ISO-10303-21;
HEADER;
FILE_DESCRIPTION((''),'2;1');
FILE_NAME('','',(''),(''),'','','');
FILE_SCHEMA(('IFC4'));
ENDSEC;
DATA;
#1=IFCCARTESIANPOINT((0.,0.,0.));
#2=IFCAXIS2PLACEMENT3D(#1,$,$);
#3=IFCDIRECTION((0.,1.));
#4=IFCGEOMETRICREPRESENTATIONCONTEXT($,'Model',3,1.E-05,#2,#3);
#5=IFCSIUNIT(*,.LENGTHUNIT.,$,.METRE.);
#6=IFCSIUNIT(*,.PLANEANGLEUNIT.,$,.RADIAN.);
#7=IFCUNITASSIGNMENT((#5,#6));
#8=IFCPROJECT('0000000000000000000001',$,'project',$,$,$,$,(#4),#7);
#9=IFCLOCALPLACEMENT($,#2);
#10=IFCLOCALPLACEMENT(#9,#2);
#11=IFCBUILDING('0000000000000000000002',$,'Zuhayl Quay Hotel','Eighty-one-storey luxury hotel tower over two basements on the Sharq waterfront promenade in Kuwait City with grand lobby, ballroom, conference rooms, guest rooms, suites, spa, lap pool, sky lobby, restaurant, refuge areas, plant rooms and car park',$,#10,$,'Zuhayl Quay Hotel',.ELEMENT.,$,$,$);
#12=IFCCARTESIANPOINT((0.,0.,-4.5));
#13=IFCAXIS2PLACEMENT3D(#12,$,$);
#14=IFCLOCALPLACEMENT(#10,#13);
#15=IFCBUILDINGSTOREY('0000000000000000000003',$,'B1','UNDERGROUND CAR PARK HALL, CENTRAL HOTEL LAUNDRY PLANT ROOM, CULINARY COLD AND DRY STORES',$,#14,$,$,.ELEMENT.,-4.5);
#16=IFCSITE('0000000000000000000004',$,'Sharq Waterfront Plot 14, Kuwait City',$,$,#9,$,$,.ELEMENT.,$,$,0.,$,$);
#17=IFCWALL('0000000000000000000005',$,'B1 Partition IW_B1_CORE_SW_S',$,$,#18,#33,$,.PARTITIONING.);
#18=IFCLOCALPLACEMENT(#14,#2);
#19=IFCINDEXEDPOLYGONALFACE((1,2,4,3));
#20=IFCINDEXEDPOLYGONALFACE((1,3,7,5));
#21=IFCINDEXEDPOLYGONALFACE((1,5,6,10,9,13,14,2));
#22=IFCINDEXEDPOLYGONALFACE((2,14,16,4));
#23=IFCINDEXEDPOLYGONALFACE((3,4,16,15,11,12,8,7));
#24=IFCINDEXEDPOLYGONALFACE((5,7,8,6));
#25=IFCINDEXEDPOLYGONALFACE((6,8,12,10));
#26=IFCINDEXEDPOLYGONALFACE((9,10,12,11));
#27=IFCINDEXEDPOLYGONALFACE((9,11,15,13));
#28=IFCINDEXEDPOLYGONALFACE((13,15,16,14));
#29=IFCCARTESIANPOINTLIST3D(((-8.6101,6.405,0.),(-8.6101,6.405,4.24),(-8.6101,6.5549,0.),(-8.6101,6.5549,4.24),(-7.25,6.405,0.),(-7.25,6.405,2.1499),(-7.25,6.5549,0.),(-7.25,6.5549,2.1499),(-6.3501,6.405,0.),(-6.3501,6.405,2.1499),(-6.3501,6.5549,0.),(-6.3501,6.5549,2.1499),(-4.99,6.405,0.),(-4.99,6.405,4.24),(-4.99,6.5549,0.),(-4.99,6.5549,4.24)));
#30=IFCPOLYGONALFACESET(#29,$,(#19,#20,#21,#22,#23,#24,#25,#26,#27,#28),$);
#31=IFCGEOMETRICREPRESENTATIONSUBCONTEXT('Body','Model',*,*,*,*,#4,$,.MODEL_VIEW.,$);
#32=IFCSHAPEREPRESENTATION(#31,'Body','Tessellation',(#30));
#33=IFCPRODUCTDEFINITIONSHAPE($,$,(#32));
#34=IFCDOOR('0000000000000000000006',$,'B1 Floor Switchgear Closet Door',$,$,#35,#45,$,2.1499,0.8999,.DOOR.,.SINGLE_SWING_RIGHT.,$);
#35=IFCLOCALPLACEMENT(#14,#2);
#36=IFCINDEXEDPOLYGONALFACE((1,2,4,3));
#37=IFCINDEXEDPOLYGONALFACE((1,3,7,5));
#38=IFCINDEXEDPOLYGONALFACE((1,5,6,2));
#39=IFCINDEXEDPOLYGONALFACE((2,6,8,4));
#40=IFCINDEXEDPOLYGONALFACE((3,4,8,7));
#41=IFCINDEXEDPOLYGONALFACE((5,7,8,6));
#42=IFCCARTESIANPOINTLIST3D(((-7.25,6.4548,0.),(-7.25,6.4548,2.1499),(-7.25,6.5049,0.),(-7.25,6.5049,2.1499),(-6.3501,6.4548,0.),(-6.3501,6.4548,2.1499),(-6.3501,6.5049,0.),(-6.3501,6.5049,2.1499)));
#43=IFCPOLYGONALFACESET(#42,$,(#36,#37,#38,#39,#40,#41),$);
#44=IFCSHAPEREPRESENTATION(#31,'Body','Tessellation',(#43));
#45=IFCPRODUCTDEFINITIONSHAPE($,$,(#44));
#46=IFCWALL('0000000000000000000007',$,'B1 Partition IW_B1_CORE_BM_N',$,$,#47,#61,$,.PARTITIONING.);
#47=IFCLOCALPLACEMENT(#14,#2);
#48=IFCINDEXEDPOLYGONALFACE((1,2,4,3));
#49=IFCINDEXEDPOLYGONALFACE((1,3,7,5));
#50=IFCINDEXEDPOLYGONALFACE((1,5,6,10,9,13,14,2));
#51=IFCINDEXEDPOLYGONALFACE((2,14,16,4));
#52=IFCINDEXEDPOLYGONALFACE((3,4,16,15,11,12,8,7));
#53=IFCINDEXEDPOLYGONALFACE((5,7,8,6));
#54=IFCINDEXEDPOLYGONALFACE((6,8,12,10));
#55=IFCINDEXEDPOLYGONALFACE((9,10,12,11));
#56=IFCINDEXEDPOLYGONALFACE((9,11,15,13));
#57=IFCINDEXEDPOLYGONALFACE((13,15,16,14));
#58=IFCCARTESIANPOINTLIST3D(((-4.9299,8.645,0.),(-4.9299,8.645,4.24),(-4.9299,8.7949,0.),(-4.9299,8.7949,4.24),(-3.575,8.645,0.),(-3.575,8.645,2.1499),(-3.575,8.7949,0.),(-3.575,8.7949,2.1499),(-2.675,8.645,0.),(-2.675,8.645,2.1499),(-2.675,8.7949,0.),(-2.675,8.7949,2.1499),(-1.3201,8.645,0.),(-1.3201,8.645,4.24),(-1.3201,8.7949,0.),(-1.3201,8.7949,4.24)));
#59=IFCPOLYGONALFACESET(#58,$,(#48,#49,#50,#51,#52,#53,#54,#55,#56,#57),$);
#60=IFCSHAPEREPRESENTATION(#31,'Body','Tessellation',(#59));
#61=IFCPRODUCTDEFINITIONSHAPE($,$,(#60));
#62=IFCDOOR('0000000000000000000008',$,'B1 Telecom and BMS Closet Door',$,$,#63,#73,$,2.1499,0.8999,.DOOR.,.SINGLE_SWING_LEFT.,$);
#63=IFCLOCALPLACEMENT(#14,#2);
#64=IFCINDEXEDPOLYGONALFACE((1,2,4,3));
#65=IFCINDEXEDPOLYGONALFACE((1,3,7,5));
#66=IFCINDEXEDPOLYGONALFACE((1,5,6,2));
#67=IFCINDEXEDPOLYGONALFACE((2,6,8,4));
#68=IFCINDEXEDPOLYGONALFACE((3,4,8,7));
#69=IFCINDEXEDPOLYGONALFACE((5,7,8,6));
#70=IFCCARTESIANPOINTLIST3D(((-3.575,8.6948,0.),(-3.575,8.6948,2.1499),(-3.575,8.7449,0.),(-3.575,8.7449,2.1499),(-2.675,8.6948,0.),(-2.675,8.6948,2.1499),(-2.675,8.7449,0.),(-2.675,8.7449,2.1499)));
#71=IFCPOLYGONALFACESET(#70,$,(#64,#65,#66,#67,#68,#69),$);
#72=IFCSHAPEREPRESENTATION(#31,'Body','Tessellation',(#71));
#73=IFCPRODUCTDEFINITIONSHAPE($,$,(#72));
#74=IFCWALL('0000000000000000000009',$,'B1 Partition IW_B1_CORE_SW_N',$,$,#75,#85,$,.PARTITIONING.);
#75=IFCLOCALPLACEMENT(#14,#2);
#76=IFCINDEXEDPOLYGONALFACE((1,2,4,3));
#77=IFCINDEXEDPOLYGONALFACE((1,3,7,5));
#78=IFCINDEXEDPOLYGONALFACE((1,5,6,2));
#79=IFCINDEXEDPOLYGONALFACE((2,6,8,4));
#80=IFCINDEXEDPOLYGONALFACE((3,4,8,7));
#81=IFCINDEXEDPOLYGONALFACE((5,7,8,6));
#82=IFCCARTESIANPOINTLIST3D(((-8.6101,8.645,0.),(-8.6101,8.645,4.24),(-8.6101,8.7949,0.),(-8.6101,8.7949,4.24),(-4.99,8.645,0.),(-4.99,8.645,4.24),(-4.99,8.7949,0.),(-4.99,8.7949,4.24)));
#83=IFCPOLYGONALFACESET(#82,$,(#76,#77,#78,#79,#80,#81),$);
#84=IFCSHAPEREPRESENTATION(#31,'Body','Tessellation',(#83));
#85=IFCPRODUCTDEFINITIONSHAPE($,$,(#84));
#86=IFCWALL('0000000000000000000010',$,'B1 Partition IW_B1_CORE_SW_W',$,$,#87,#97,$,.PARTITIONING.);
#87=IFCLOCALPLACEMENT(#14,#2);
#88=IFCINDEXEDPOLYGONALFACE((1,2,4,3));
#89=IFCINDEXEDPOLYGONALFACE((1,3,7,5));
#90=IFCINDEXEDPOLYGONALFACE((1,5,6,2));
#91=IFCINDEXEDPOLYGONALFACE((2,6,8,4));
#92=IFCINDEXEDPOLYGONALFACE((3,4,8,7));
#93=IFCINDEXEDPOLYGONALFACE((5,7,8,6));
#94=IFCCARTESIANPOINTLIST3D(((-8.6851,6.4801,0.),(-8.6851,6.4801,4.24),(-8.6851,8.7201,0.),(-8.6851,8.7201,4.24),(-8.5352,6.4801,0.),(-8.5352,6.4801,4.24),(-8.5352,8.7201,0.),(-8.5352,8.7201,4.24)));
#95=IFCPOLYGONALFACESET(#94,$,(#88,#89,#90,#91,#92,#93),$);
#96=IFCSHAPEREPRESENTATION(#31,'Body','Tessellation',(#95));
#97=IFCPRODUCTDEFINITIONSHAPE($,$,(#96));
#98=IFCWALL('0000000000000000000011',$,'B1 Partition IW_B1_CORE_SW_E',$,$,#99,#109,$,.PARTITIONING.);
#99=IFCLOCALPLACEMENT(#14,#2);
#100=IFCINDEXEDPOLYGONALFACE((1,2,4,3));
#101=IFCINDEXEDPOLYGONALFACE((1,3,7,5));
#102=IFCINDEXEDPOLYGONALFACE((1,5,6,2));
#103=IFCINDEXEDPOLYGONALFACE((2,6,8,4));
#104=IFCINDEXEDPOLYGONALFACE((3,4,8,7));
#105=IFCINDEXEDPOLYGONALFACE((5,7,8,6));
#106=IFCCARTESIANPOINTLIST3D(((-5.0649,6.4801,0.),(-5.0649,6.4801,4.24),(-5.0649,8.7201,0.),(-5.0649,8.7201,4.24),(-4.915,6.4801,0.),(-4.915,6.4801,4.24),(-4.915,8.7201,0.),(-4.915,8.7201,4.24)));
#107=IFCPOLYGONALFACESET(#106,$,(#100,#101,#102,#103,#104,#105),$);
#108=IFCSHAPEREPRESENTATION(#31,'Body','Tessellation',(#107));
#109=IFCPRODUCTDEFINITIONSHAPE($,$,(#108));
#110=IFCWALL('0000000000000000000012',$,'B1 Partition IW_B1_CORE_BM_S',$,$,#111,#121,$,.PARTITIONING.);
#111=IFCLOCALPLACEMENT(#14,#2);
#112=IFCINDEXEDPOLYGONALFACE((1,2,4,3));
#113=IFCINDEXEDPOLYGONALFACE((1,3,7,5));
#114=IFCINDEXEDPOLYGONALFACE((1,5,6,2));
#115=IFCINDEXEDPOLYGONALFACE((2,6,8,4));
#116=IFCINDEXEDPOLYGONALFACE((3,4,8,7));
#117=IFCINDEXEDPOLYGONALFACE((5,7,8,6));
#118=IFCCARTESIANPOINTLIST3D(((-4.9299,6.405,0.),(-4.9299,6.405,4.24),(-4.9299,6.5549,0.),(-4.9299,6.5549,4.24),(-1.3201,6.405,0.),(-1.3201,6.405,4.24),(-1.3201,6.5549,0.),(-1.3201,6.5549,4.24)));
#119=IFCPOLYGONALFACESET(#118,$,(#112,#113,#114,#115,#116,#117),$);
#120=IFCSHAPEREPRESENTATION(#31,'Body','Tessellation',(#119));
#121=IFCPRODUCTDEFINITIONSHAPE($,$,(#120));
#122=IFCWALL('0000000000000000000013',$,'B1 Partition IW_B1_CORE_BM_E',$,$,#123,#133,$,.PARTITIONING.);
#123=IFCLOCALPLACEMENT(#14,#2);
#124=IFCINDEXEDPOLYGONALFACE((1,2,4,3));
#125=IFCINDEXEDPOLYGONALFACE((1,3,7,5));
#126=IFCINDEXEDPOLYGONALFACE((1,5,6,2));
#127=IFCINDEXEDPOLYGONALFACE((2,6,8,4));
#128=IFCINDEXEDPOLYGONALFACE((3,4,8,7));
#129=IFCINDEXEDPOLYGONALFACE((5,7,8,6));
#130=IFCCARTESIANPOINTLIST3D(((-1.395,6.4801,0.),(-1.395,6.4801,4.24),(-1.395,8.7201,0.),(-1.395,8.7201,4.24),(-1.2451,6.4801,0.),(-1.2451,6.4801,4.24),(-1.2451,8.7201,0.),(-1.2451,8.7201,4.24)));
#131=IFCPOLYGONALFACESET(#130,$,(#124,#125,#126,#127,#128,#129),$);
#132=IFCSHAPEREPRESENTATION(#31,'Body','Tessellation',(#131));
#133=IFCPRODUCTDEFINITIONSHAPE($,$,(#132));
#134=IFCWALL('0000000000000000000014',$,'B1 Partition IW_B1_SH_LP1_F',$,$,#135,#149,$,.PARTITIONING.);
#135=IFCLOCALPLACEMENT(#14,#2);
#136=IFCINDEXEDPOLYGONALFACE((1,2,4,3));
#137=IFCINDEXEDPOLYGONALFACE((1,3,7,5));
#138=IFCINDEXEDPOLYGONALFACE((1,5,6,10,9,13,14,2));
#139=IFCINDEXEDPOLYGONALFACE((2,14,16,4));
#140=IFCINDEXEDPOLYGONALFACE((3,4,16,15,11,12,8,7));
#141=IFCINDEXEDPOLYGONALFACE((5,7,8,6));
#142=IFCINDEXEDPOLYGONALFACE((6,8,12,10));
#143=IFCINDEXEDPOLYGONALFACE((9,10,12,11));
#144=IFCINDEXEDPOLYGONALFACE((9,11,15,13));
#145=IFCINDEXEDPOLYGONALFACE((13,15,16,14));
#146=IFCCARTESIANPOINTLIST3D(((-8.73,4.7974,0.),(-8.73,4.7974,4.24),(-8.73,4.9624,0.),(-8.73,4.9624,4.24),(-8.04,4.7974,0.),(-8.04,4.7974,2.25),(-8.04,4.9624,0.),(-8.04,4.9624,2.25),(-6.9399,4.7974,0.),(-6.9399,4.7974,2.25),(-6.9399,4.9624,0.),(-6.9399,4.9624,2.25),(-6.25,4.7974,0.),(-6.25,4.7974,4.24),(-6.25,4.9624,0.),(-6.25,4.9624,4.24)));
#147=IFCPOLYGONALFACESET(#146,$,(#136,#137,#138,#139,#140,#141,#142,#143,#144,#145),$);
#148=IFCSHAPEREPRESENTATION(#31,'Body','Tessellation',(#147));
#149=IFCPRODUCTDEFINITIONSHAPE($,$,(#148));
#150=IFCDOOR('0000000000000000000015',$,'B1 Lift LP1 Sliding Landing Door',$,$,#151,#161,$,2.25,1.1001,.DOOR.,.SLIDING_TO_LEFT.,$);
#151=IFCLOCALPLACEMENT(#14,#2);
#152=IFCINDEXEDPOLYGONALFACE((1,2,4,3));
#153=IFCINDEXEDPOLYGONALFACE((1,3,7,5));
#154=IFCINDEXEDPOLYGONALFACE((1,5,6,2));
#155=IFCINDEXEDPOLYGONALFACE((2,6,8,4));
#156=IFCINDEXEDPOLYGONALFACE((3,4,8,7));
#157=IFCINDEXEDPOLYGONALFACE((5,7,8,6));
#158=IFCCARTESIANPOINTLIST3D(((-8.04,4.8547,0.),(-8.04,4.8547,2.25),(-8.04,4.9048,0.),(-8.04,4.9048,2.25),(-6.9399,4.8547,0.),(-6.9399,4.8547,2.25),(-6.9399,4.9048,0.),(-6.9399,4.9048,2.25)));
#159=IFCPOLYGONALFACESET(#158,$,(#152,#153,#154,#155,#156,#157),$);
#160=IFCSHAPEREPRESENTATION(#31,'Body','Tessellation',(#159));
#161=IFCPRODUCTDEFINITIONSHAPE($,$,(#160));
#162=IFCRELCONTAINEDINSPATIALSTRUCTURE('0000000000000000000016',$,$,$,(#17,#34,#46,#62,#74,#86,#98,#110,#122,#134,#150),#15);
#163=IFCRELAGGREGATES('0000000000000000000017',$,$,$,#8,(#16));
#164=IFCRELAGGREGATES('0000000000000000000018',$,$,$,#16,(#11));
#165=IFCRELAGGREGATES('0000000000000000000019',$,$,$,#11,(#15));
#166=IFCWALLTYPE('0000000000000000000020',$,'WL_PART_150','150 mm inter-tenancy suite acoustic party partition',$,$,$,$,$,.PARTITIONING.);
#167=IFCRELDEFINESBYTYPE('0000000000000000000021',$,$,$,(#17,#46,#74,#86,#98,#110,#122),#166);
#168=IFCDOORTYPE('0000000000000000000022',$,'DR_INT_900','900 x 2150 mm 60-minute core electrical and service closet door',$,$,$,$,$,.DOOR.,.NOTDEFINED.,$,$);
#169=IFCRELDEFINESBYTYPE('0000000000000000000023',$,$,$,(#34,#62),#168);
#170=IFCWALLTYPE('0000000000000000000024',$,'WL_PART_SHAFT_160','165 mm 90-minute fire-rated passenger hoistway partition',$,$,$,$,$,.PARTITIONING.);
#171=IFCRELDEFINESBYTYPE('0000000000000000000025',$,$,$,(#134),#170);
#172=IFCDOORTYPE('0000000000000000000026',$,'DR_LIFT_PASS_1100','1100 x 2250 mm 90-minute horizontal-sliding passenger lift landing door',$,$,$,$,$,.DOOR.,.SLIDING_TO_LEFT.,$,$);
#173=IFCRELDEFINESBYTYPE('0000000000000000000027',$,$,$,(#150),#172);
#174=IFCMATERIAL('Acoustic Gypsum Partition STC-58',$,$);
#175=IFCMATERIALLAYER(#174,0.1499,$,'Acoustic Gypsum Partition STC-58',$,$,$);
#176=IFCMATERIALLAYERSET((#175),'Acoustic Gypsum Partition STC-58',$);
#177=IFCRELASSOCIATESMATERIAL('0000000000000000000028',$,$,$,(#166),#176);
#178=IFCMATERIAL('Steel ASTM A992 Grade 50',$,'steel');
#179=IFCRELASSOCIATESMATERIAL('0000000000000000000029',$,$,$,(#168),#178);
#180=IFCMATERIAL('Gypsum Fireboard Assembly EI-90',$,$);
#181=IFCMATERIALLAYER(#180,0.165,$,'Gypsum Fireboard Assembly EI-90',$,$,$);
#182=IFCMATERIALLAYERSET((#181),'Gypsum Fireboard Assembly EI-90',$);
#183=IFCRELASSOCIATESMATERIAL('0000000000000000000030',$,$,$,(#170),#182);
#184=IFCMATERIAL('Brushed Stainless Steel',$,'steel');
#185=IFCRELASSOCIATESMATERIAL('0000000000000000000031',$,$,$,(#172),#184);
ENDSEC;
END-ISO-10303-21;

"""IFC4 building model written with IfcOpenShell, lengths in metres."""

from ifc_helpers import new_model, si_unit, direction, frame, frame_2d, origin, place, context, subcontext, project, spatial, rectangle, extrude, material, layer, layer_set, type_object, element, fill, save


model = new_model("IFC4")

# Units and contexts
model_context = context("Model", 3, precision=1e-05, world=origin(), true_north=direction((0.0, 1.0)))
body_context = subcontext(model_context, "Body", "Model", "MODEL_VIEW")
ifc_project = project(units=[si_unit("LENGTHUNIT", "METRE"), si_unit("PLANEANGLEUNIT", "RADIAN")], contexts=[model_context])

# Site, building, storey
site_placement = place(None, origin())
site = spatial("IfcSite", under=ifc_project, at=site_placement, Name="Sharq Waterfront Plot 14, Kuwait City", CompositionType="ELEMENT", RefElevation=0.0)
building_placement = place(site_placement, origin())
building = spatial("IfcBuilding", under=site, at=building_placement, Name="Zuhayl Quay Hotel", Description="Eighty-one-storey luxury hotel tower over two basements on the Sharq waterfront promenade in Kuwait City with grand lobby, ballroom, conference rooms, guest rooms, suites, spa, lap pool, sky lobby, restaurant, refuge areas, plant rooms and car park", LongName="Zuhayl Quay Hotel", CompositionType="ELEMENT")
storey_placement = place(building_placement, frame((0.0, 0.0, -4.5)))
storey = spatial("IfcBuildingStorey", under=building, at=storey_placement, Name="B1", Description="UNDERGROUND CAR PARK HALL, CENTRAL HOTEL LAUNDRY PLANT ROOM, CULINARY COLD AND DRY STORES", CompositionType="ELEMENT", Elevation=-4.5)

# Walls, openings, doors
ifc_material_1 = material(Name="Acoustic Gypsum Partition STC-58")
ifc_layer_1 = layer(ifc_material_1, 0.1499, Name="Acoustic Gypsum Partition STC-58")
ifc_layer_set_1 = layer_set([ifc_layer_1], Name="Acoustic Gypsum Partition STC-58")
wall_type_1 = type_object("IfcWallType", Name="WL_PART_150", Description="150 mm inter-tenancy suite acoustic party partition", PredefinedType="PARTITIONING", material=ifc_layer_set_1)
wall_1_placement = place(storey_placement, frame((-8.6101, 6.48, 0.0), z_axis=(0.0, 0.0, 1.0), x_axis=(1.0, 0.0, 0.0)))
wall_1 = element("IfcWall", 1, at=wall_1_placement, inside=storey, type_object=wall_type_1, Name="B1 Partition IW_B1_CORE_SW_S", PredefinedType="PARTITIONING", context=body_context, shape_type="SweptSolid", body=[
    extrude(rectangle(XDim=3.6201, YDim=0.1499, at=frame_2d((1.8101, 0.0))), origin(), (0.0, 0.0, 1.0), 4.24),
])
opening_1_placement = place(wall_1_placement, frame((1.3601, 0.0, 0.0)))
opening_1 = element("IfcOpeningElement", 2, at=opening_1_placement, cuts=wall_1, PredefinedType="OPENING", context=body_context, shape_type="SweptSolid", body=[
    extrude(rectangle(XDim=0.8999, YDim=2.1499, at=frame_2d((0.45, 1.075))), frame((0.0, 0.085, 0.0), z_axis=(0.0, -1.0, 0.0), x_axis=(1.0, 0.0, 0.0)), (0.0, 0.0, 1.0), 0.1699),
])
ifc_material_2 = material(Name="Steel ASTM A992 Grade 50", Category="steel")
door_type_1 = type_object("IfcDoorType", Name="DR_INT_900", Description="900 x 2150 mm 60-minute core electrical and service closet door", OperationType="NOTDEFINED", PredefinedType="DOOR", material=ifc_material_2)
door_1_placement = place(opening_1_placement, origin())
door_1 = element("IfcDoor", 3, at=door_1_placement, inside=storey, type_object=door_type_1, Name="B1 Floor Switchgear Closet Door", OperationType="SINGLE_SWING_RIGHT", OverallHeight=2.1499, OverallWidth=0.8999, PredefinedType="DOOR", context=body_context, shape_type="SweptSolid", body=[
    extrude(rectangle(XDim=0.8999, YDim=2.1499, at=frame_2d((0.45, 1.075))), frame((0.0, 0.0249, 0.0), z_axis=(0.0, -1.0, 0.0), x_axis=(1.0, 0.0, 0.0)), (0.0, 0.0, 1.0), 0.05),
])
fill(opening_1, door_1)
wall_2_placement = place(storey_placement, frame((-4.9299, 8.72, 0.0), z_axis=(0.0, 0.0, 1.0), x_axis=(1.0, 0.0, 0.0)))
wall_2 = element("IfcWall", 4, at=wall_2_placement, inside=storey, type_object=wall_type_1, Name="B1 Partition IW_B1_CORE_BM_N", PredefinedType="PARTITIONING", context=body_context, shape_type="SweptSolid", body=[
    extrude(rectangle(XDim=3.6099, YDim=0.1499, at=frame_2d((1.8049, 0.0))), origin(), (0.0, 0.0, 1.0), 4.24),
])
opening_2_placement = place(wall_2_placement, frame((1.355, 0.0, 0.0)))
opening_2 = element("IfcOpeningElement", 5, at=opening_2_placement, cuts=wall_2, PredefinedType="OPENING", context=body_context, shape_type="SweptSolid", body=[
    extrude(rectangle(XDim=0.8999, YDim=2.1499, at=frame_2d((0.45, 1.075))), frame((0.0, 0.085, 0.0), z_axis=(0.0, -1.0, 0.0), x_axis=(1.0, 0.0, 0.0)), (0.0, 0.0, 1.0), 0.1699),
])
door_2_placement = place(opening_2_placement, origin())
door_2 = element("IfcDoor", 6, at=door_2_placement, inside=storey, type_object=door_type_1, Name="B1 Telecom and BMS Closet Door", OperationType="SINGLE_SWING_LEFT", OverallHeight=2.1499, OverallWidth=0.8999, PredefinedType="DOOR", context=body_context, shape_type="SweptSolid", body=[
    extrude(rectangle(XDim=0.8999, YDim=2.1499, at=frame_2d((0.45, 1.075))), frame((0.0, 0.0249, 0.0), z_axis=(0.0, -1.0, 0.0), x_axis=(1.0, 0.0, 0.0)), (0.0, 0.0, 1.0), 0.05),
])
fill(opening_2, door_2)

# Walls
wall_3_placement = place(storey_placement, frame((-8.6101, 8.72, 0.0), z_axis=(0.0, 0.0, 1.0), x_axis=(1.0, 0.0, 0.0)))
element("IfcWall", 7, at=wall_3_placement, inside=storey, type_object=wall_type_1, Name="B1 Partition IW_B1_CORE_SW_N", PredefinedType="PARTITIONING", context=body_context, shape_type="SweptSolid", body=[
    extrude(rectangle(XDim=3.6201, YDim=0.1499, at=frame_2d((1.8101, 0.0))), origin(), (0.0, 0.0, 1.0), 4.24),
])
for number, where, z_axis, x_axis, name in (
    (8, (-8.6101, 6.48, 0.0), (0.0, 0.0, 1.0), (0.0, 1.0, 0.0), "B1 Partition IW_B1_CORE_SW_W"),
    (9, (-4.99, 6.48, 0.0), (0.0, 0.0, 1.0), (0.0, 1.0, 0.0), "B1 Partition IW_B1_CORE_SW_E"),
):
    element("IfcWall", number, at=place(storey_placement, frame(where, z_axis=z_axis, x_axis=x_axis)), inside=storey, type_object=wall_type_1, Name=name, PredefinedType="PARTITIONING", context=body_context, shape_type="SweptSolid", body=[
        extrude(rectangle(XDim=2.24, YDim=0.1499, at=frame_2d((1.1201, 0.0))), origin(), (0.0, 0.0, 1.0), 4.24),
    ])
wall_4_placement = place(storey_placement, frame((-4.9299, 6.48, 0.0), z_axis=(0.0, 0.0, 1.0), x_axis=(1.0, 0.0, 0.0)))
element("IfcWall", 10, at=wall_4_placement, inside=storey, type_object=wall_type_1, Name="B1 Partition IW_B1_CORE_BM_S", PredefinedType="PARTITIONING", context=body_context, shape_type="SweptSolid", body=[
    extrude(rectangle(XDim=3.6099, YDim=0.1499, at=frame_2d((1.8049, 0.0))), origin(), (0.0, 0.0, 1.0), 4.24),
])
wall_5_placement = place(storey_placement, frame((-1.3201, 6.48, 0.0), z_axis=(0.0, 0.0, 1.0), x_axis=(0.0, 1.0, 0.0)))
element("IfcWall", 11, at=wall_5_placement, inside=storey, type_object=wall_type_1, Name="B1 Partition IW_B1_CORE_BM_E", PredefinedType="PARTITIONING", context=body_context, shape_type="SweptSolid", body=[
    extrude(rectangle(XDim=2.24, YDim=0.1499, at=frame_2d((1.1201, 0.0))), origin(), (0.0, 0.0, 1.0), 4.24),
])

# Wall, opening, door
ifc_material_3 = material(Name="Gypsum Fireboard Assembly EI-90")
ifc_layer_2 = layer(ifc_material_3, 0.165, Name="Gypsum Fireboard Assembly EI-90")
ifc_layer_set_2 = layer_set([ifc_layer_2], Name="Gypsum Fireboard Assembly EI-90")
wall_type_2 = type_object("IfcWallType", Name="WL_PART_SHAFT_160", Description="165 mm 90-minute fire-rated passenger hoistway partition", PredefinedType="PARTITIONING", material=ifc_layer_set_2)
wall_6_placement = place(storey_placement, frame((-8.73, 4.8799, 0.0), z_axis=(0.0, 0.0, 1.0), x_axis=(1.0, 0.0, 0.0)))
wall_6 = element("IfcWall", 12, at=wall_6_placement, inside=storey, type_object=wall_type_2, Name="B1 Partition IW_B1_SH_LP1_F", PredefinedType="PARTITIONING", context=body_context, shape_type="SweptSolid", body=[
    extrude(rectangle(XDim=2.48, YDim=0.165, at=frame_2d((1.24, 0.0))), origin(), (0.0, 0.0, 1.0), 4.24),
])
opening_3_placement = place(wall_6_placement, frame((0.6899, 0.0, 0.0)))
opening_3 = element("IfcOpeningElement", 13, at=opening_3_placement, cuts=wall_6, PredefinedType="OPENING", context=body_context, shape_type="SweptSolid", body=[
    extrude(rectangle(XDim=1.1001, YDim=2.25, at=frame_2d((0.55, 1.125))), frame((0.0, 0.0925, 0.0), z_axis=(0.0, -1.0, 0.0), x_axis=(1.0, 0.0, 0.0)), (0.0, 0.0, 1.0), 0.1851),
])
ifc_material_4 = material(Name="Brushed Stainless Steel", Category="steel")
door_type_2 = type_object("IfcDoorType", Name="DR_LIFT_PASS_1100", Description="1100 x 2250 mm 90-minute horizontal-sliding passenger lift landing door", OperationType="SLIDING_TO_LEFT", PredefinedType="DOOR", material=ifc_material_4)
door_3_placement = place(opening_3_placement, origin())
door_3 = element("IfcDoor", 14, at=door_3_placement, inside=storey, type_object=door_type_2, Name="B1 Lift LP1 Sliding Landing Door", OperationType="SLIDING_TO_LEFT", OverallHeight=2.25, OverallWidth=1.1001, PredefinedType="DOOR", context=body_context, shape_type="SweptSolid", body=[
    extrude(rectangle(XDim=1.1001, YDim=2.25, at=frame_2d((0.55, 1.125))), frame((0.0, 0.0249, 0.0), z_axis=(0.0, -1.0, 0.0), x_axis=(1.0, 0.0, 0.0)), (0.0, 0.0, 1.0), 0.05),
])
fill(opening_3, door_3)

save(model, "model.ifc")
